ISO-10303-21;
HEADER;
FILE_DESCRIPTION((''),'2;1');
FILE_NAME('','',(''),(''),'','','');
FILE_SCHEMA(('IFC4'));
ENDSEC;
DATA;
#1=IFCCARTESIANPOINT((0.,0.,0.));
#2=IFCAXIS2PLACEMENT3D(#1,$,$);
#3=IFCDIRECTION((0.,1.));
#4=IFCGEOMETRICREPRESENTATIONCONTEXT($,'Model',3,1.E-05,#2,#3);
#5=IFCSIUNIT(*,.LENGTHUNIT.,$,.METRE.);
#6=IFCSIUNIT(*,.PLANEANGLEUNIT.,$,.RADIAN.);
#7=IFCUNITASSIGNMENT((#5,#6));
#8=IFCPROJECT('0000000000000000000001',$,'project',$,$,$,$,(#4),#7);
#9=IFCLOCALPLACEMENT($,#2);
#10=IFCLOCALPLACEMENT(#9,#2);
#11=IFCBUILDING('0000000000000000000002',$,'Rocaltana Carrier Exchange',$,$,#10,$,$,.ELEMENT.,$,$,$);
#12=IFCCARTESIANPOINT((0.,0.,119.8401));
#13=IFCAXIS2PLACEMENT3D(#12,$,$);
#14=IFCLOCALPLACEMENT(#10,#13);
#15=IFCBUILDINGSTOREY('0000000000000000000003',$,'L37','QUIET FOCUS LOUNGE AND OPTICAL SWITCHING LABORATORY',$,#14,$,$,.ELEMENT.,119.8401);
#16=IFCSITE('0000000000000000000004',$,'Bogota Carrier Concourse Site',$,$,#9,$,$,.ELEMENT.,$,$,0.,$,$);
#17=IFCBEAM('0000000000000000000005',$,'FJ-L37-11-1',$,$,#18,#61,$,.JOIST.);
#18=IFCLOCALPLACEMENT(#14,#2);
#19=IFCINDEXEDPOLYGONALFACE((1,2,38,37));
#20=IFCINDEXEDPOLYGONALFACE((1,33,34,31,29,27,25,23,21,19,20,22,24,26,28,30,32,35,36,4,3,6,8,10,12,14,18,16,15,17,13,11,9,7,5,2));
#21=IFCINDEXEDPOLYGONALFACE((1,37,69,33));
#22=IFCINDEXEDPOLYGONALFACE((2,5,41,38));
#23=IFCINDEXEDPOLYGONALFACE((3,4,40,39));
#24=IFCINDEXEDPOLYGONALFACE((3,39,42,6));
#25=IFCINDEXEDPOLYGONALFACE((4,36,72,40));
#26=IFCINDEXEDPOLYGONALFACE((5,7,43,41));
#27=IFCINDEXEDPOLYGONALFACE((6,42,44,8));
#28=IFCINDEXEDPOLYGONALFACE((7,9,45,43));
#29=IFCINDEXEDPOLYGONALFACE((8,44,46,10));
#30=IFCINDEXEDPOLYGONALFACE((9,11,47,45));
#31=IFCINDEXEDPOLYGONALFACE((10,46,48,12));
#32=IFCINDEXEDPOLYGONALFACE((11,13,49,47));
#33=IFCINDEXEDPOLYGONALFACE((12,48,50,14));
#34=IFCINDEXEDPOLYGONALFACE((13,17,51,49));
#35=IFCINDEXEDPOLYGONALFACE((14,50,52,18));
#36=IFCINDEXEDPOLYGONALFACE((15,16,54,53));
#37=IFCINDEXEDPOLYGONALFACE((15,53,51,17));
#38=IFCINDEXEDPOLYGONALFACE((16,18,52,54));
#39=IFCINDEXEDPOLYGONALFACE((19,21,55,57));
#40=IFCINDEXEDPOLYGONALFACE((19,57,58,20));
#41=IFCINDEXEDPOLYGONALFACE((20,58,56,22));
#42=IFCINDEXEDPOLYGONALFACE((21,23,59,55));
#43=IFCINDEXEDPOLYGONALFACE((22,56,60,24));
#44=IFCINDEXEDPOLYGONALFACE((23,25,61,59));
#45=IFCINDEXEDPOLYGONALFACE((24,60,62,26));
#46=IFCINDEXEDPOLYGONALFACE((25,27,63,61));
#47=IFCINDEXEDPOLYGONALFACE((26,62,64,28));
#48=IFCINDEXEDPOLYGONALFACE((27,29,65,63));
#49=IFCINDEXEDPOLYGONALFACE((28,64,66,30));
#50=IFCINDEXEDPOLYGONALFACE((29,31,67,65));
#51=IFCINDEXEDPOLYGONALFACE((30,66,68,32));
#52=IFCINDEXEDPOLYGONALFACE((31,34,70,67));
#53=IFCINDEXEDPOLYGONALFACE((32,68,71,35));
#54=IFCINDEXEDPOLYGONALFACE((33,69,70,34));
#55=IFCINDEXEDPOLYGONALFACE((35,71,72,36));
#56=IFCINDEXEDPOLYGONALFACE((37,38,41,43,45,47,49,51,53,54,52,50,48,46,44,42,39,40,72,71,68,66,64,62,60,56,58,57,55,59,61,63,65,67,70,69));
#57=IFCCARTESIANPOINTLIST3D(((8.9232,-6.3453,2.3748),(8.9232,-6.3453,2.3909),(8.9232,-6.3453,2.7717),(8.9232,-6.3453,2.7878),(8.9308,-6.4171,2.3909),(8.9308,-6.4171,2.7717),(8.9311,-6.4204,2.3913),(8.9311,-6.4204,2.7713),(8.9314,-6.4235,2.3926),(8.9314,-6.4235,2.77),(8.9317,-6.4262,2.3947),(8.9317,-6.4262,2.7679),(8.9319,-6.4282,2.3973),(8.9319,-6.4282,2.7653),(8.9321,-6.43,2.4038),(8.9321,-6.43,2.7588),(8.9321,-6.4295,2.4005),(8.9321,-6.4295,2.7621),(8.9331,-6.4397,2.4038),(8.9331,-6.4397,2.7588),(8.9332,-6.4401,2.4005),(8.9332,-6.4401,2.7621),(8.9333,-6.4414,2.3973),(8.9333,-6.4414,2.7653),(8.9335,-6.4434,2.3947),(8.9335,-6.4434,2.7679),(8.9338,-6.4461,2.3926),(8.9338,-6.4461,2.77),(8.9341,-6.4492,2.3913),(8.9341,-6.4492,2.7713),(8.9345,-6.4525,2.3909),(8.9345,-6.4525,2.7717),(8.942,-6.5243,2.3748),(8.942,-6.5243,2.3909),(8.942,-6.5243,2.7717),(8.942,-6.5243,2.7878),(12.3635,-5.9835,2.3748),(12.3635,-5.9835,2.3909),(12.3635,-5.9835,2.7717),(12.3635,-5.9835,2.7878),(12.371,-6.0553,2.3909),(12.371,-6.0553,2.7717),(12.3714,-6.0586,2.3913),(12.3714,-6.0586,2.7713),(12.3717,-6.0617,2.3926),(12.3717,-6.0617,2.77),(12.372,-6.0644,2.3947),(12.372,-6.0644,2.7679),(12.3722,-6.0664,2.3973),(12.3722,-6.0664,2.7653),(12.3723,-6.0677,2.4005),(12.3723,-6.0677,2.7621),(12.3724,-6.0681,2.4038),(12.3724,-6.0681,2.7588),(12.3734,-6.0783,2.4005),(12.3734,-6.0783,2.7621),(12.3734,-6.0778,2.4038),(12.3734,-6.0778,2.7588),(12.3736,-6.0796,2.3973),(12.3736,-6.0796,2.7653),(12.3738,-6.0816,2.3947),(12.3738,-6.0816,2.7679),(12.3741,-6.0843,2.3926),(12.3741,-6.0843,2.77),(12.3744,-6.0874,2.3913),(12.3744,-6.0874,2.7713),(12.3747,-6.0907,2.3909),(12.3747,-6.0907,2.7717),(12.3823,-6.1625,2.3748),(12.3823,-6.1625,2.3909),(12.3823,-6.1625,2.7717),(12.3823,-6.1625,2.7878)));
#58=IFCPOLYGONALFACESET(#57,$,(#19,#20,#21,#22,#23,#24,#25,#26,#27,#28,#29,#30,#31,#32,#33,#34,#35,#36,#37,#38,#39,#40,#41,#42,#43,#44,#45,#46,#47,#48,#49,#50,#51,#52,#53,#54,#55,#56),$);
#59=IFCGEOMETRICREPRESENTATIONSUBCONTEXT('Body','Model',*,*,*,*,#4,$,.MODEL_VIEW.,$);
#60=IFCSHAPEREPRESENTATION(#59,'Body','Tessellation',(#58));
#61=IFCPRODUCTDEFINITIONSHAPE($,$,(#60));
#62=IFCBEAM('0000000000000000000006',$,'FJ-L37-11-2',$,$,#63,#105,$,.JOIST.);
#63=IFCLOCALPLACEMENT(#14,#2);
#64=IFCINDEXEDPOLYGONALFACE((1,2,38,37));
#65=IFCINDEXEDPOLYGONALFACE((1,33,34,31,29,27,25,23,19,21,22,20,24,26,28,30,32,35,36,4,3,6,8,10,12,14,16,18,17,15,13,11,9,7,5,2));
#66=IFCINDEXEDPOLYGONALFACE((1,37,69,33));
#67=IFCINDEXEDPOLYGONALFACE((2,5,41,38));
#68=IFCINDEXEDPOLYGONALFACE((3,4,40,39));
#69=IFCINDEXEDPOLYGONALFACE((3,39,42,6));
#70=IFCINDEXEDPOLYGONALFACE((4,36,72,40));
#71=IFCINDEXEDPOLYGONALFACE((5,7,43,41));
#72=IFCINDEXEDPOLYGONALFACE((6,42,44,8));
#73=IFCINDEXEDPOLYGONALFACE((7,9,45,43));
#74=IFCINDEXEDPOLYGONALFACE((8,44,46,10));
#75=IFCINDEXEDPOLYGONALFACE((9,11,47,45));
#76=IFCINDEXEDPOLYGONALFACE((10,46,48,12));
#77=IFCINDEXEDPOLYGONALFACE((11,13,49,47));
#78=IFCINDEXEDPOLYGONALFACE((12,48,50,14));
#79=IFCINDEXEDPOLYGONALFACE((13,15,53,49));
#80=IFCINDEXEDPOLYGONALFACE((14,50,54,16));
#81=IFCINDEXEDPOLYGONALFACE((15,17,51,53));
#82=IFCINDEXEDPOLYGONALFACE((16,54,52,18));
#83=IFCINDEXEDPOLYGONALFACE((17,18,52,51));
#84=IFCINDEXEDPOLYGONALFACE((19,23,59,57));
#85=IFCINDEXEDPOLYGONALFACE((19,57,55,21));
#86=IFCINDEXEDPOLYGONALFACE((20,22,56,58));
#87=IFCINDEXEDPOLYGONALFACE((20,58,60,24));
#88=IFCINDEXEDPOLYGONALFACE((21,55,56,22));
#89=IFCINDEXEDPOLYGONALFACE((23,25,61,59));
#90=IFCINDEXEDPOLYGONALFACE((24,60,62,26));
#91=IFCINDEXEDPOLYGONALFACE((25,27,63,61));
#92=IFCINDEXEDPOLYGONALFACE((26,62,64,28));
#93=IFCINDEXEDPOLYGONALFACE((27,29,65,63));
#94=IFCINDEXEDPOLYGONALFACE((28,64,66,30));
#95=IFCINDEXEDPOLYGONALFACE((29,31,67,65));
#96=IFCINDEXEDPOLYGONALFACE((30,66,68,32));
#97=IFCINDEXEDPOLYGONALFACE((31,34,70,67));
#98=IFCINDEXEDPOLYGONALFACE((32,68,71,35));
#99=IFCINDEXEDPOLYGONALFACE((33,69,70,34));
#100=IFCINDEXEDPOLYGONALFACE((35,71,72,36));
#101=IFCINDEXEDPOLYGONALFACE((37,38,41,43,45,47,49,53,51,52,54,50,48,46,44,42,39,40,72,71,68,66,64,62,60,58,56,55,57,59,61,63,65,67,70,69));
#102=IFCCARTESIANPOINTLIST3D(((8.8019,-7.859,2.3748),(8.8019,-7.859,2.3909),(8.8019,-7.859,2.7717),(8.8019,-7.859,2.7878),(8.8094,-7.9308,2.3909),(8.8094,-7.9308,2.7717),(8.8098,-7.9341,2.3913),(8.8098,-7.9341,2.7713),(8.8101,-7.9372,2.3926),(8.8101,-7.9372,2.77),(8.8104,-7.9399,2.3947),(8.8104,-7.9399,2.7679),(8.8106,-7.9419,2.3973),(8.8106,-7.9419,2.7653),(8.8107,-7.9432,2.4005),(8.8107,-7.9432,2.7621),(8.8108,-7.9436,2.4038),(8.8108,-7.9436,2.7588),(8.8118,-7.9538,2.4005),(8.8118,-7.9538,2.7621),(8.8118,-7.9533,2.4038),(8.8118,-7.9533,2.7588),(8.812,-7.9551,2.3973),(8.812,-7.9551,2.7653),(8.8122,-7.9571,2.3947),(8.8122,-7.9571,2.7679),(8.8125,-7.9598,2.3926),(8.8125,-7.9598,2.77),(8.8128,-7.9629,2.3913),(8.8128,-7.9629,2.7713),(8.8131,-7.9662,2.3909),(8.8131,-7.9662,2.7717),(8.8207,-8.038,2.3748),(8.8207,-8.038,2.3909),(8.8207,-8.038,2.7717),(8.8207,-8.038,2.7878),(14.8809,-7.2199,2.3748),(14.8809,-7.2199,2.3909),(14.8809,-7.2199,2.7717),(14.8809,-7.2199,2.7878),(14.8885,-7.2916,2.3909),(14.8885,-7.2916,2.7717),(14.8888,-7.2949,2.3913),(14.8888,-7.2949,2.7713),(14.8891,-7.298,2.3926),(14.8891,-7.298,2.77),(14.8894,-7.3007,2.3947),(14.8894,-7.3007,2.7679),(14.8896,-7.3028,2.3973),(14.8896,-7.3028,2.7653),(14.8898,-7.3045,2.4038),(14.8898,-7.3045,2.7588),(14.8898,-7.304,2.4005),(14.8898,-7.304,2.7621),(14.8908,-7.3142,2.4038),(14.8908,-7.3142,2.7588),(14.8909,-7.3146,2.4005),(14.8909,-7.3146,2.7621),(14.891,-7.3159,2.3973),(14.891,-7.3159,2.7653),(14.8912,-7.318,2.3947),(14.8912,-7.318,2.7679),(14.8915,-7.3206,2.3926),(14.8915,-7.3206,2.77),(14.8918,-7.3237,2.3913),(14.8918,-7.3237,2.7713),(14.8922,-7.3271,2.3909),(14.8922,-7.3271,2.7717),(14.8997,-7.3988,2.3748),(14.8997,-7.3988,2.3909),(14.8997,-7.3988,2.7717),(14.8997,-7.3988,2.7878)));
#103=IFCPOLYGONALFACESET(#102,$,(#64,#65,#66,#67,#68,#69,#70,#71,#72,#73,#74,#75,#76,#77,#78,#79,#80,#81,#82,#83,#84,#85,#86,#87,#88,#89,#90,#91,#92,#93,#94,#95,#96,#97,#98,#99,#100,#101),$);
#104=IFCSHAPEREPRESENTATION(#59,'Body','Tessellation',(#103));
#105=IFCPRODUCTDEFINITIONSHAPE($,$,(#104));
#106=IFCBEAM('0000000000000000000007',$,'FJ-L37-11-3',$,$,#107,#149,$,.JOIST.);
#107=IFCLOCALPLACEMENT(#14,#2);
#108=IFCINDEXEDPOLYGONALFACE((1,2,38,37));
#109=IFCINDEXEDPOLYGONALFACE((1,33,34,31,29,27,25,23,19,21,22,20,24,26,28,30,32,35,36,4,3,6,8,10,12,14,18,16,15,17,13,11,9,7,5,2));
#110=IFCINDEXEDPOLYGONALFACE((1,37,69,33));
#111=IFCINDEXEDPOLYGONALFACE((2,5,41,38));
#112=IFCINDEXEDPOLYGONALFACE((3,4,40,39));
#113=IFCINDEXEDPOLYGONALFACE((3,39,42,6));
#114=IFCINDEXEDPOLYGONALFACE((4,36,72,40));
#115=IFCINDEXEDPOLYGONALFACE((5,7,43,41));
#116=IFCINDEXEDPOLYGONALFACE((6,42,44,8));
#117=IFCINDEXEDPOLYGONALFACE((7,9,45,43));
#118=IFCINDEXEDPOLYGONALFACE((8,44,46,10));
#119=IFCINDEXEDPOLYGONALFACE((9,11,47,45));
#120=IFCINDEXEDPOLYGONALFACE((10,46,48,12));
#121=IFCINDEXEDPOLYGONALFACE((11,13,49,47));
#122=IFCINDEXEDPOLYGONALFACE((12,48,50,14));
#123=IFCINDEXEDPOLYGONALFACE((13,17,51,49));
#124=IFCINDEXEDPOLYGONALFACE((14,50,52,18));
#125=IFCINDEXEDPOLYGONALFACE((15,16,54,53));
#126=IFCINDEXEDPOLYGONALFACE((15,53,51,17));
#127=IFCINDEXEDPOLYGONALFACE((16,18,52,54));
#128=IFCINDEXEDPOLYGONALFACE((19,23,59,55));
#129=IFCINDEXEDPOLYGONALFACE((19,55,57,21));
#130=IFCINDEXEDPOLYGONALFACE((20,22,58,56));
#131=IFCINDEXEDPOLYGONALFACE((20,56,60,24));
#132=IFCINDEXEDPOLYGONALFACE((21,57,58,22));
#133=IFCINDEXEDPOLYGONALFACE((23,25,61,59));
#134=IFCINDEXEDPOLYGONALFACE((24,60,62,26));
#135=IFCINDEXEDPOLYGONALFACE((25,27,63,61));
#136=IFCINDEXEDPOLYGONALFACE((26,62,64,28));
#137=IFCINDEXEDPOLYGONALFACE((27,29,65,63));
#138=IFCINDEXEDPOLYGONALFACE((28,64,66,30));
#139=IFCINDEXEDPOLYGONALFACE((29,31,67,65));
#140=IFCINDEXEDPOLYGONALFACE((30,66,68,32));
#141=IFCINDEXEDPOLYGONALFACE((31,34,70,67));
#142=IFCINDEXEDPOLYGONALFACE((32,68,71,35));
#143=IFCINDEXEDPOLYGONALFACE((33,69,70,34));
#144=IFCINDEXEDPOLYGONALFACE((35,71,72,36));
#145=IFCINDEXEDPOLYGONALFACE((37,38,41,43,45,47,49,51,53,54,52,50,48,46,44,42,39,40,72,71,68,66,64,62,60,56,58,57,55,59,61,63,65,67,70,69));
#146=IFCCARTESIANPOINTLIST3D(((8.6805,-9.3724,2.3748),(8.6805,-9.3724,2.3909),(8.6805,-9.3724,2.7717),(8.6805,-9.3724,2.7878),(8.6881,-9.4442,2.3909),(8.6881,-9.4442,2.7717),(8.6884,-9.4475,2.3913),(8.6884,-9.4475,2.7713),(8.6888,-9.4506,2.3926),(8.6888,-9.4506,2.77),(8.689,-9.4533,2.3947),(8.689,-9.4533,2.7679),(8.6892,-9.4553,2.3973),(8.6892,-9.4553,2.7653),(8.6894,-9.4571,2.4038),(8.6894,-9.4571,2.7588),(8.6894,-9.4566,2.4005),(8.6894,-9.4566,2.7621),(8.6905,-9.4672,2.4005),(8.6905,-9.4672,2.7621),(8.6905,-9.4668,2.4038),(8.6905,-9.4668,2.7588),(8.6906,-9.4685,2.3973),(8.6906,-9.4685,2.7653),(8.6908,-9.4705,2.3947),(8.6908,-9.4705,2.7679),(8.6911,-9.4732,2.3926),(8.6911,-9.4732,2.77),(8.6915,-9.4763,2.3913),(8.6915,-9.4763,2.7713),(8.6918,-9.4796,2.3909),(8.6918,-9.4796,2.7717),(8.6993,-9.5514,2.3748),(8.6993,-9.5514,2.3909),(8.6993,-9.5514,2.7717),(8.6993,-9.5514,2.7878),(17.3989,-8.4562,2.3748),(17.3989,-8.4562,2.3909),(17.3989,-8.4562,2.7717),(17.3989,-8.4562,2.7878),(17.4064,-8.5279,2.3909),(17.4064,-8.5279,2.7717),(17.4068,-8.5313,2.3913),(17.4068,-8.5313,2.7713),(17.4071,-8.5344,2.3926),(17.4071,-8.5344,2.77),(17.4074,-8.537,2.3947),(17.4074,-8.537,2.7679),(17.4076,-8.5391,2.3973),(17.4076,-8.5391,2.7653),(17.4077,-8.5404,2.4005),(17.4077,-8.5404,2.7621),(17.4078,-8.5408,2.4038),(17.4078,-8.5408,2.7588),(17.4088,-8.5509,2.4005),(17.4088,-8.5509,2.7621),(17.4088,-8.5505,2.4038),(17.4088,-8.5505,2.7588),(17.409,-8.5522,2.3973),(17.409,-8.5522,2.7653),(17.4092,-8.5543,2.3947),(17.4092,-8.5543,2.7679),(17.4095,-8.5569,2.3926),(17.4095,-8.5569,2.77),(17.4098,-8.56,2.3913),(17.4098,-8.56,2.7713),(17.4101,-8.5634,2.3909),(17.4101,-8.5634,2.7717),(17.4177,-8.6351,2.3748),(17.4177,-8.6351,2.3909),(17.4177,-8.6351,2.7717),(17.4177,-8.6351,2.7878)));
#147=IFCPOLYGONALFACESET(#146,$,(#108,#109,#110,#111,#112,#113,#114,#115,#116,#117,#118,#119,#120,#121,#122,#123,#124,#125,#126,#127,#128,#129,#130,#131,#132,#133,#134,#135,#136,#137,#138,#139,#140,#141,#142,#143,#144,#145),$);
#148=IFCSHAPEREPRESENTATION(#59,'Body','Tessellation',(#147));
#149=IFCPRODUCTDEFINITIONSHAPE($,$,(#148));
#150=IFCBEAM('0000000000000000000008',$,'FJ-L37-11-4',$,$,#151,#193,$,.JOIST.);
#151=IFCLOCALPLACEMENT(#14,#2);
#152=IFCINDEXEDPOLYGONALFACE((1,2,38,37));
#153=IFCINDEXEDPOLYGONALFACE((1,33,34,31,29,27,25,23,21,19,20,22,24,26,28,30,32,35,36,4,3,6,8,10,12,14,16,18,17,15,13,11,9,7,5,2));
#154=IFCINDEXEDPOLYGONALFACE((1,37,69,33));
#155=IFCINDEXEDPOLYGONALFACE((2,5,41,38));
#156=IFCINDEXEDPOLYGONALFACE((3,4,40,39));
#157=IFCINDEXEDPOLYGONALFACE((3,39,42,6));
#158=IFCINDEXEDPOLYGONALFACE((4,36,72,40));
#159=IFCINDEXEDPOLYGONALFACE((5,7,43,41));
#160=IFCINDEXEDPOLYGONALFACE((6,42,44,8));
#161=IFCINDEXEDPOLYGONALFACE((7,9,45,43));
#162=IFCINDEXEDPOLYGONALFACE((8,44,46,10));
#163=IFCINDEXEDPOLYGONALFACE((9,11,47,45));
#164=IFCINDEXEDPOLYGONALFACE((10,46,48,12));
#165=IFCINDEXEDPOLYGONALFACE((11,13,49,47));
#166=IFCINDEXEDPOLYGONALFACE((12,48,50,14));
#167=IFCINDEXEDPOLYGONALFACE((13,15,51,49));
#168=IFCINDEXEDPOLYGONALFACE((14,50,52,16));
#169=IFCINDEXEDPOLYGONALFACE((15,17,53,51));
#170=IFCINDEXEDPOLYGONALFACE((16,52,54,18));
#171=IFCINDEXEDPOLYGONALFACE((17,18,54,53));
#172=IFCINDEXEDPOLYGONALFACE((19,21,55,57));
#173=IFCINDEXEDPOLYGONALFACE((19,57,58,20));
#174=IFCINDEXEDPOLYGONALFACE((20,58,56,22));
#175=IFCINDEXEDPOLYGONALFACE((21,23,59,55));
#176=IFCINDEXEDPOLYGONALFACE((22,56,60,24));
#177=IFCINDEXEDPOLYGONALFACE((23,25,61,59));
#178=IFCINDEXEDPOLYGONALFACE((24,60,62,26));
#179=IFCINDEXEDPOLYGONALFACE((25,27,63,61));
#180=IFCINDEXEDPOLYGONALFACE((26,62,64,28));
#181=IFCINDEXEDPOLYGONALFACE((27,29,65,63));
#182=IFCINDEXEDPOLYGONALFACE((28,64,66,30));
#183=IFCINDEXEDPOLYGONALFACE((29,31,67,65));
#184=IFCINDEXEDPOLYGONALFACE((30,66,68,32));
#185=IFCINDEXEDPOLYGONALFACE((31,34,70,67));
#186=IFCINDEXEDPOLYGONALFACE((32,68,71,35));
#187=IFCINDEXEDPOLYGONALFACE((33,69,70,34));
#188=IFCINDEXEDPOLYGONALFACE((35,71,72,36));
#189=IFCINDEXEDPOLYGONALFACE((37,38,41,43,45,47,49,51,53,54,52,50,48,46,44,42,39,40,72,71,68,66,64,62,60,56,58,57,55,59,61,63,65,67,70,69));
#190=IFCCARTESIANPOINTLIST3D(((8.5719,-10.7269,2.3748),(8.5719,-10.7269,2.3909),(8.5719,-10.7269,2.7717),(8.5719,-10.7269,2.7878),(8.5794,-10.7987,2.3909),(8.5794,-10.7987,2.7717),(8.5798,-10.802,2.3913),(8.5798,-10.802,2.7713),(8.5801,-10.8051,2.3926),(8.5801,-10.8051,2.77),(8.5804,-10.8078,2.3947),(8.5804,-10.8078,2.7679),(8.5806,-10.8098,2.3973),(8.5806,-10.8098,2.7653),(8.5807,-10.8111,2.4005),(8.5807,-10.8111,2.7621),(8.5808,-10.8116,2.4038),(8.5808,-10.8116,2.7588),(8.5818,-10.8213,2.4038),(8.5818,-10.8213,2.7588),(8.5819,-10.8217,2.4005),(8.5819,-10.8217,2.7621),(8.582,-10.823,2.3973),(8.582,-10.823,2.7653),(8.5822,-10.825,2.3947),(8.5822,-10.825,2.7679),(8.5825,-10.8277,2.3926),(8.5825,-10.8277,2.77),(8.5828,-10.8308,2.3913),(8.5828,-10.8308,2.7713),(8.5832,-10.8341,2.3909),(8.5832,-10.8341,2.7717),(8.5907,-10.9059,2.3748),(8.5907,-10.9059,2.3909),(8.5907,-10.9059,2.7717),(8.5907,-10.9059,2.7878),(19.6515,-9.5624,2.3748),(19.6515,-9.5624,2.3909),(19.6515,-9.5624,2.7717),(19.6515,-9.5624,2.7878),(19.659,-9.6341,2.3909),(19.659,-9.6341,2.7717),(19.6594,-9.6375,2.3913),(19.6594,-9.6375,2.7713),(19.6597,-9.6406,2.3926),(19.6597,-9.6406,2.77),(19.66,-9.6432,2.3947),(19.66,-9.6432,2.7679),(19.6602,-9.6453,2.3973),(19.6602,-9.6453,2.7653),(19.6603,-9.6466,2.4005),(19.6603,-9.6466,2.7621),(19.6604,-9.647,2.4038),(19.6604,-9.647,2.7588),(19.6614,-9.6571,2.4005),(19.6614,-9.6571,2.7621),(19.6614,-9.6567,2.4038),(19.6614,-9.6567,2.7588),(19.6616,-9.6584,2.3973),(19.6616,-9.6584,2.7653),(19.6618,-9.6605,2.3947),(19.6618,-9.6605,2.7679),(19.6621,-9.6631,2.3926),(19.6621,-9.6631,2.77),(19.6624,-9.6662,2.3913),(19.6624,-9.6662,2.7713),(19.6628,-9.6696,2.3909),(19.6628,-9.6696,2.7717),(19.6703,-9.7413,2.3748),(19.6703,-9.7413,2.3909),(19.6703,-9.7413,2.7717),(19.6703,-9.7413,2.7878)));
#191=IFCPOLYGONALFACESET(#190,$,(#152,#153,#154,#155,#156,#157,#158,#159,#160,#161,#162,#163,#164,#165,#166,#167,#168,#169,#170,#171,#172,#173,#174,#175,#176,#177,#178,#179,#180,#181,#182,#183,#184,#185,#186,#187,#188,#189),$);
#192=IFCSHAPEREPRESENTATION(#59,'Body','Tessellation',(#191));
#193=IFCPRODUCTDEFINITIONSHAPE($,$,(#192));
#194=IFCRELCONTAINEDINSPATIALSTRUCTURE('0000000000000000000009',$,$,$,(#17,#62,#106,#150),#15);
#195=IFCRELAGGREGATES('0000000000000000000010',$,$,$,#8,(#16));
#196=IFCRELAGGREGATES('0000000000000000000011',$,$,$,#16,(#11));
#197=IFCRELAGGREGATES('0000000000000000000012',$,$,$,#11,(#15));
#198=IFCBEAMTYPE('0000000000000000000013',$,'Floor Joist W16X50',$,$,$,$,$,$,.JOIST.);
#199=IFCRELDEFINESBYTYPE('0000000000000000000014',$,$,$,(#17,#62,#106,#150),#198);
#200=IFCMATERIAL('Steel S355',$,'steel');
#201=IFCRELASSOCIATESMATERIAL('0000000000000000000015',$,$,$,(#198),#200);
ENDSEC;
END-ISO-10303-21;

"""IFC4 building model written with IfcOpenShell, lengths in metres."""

from ifc_helpers import new_model, si_unit, direction, frame, origin, origin_2d, place, context, subcontext, project, spatial, i_section, extrude, material, material_profile, profile_set, type_object, element, save


model = new_model("IFC4")

# Units and contexts
model_context = context("Model", 3, precision=1e-05, world=origin(), true_north=direction((0.0, 1.0)))
body_context = subcontext(model_context, "Body", "Model", "MODEL_VIEW")
ifc_project = project(units=[si_unit("LENGTHUNIT", "METRE"), si_unit("PLANEANGLEUNIT", "RADIAN")], contexts=[model_context])

# Site, building, storey
site_placement = place(None, origin())
site = spatial("IfcSite", under=ifc_project, at=site_placement, Name="Bogota Carrier Concourse Site", CompositionType="ELEMENT", RefElevation=0.0)
building_placement = place(site_placement, origin())
building = spatial("IfcBuilding", under=site, at=building_placement, Name="Rocaltana Carrier Exchange", CompositionType="ELEMENT")
storey_placement = place(building_placement, frame((0.0, 0.0, 119.8401)))
storey = spatial("IfcBuildingStorey", under=building, at=storey_placement, Name="L37", Description="QUIET FOCUS LOUNGE AND OPTICAL SWITCHING LABORATORY", CompositionType="ELEMENT", Elevation=119.8401)

# Beams
ifc_material_1 = material(Name="Steel S355", Category="steel")
ifc_material_profile_1 = material_profile(ifc_material_1, i_section(OverallWidth=0.1799, OverallDepth=0.4131, WebThickness=0.0098, FlangeThickness=0.0161, FilletRadius=0.0129, at=origin_2d()), Name="W16X50")
ifc_profile_set_1 = profile_set([ifc_material_profile_1], Name="Steel S355")
beam_type_1 = type_object("IfcBeamType", Name="Floor Joist W16X50", PredefinedType="JOIST", material=ifc_profile_set_1)
beam_1_placement = place(storey_placement, frame((8.9326, -6.4348, 2.5813), z_axis=(0.994515, 0.104597, 0.0), x_axis=(-0.104597, 0.994515, 0.0)))
element("IfcBeam", 1, at=beam_1_placement, inside=storey, type_object=beam_type_1, Name="FJ-L37-11-1", PredefinedType="JOIST", context=body_context, shape_type="SweptSolid", body=[
    extrude(i_section(OverallWidth=0.1799, OverallDepth=0.4131, WebThickness=0.0098, FlangeThickness=0.0161, FilletRadius=0.0129, at=origin_2d()), origin(), (0.0, 0.0, 1.0), 3.4592),
])
beam_2_placement = place(storey_placement, frame((8.8113, -7.9485, 2.5813), z_axis=(0.994518, 0.104564, 0.0), x_axis=(-0.104564, 0.994518, 0.0)))
element("IfcBeam", 2, at=beam_2_placement, inside=storey, type_object=beam_type_1, Name="FJ-L37-11-2", PredefinedType="JOIST", context=body_context, shape_type="SweptSolid", body=[
    extrude(i_section(OverallWidth=0.1799, OverallDepth=0.4131, WebThickness=0.0098, FlangeThickness=0.0161, FilletRadius=0.0129, at=origin_2d()), origin(), (0.0, 0.0, 1.0), 6.1125),
])
beam_3_placement = place(storey_placement, frame((8.6899, -9.4619, 2.5813), z_axis=(0.994523, 0.104521, 0.0), x_axis=(-0.104521, 0.994523, 0.0)))
element("IfcBeam", 3, at=beam_3_placement, inside=storey, type_object=beam_type_1, Name="FJ-L37-11-3", PredefinedType="JOIST", context=body_context, shape_type="SweptSolid", body=[
    extrude(i_section(OverallWidth=0.1799, OverallDepth=0.4131, WebThickness=0.0098, FlangeThickness=0.0161, FilletRadius=0.0129, at=origin_2d()), origin(), (0.0, 0.0, 1.0), 8.7664),
])
beam_4_placement = place(storey_placement, frame((8.5813, -10.8164, 2.5813), z_axis=(0.994522, 0.104532, 0.0), x_axis=(-0.104532, 0.994522, 0.0)))
element("IfcBeam", 4, at=beam_4_placement, inside=storey, type_object=beam_type_1, Name="FJ-L37-11-4", PredefinedType="JOIST", context=body_context, shape_type="SweptSolid", body=[
    extrude(i_section(OverallWidth=0.1799, OverallDepth=0.4131, WebThickness=0.0098, FlangeThickness=0.0161, FilletRadius=0.0129, at=origin_2d()), origin(), (0.0, 0.0, 1.0), 11.1406),
])

save(model, "model.ifc")
